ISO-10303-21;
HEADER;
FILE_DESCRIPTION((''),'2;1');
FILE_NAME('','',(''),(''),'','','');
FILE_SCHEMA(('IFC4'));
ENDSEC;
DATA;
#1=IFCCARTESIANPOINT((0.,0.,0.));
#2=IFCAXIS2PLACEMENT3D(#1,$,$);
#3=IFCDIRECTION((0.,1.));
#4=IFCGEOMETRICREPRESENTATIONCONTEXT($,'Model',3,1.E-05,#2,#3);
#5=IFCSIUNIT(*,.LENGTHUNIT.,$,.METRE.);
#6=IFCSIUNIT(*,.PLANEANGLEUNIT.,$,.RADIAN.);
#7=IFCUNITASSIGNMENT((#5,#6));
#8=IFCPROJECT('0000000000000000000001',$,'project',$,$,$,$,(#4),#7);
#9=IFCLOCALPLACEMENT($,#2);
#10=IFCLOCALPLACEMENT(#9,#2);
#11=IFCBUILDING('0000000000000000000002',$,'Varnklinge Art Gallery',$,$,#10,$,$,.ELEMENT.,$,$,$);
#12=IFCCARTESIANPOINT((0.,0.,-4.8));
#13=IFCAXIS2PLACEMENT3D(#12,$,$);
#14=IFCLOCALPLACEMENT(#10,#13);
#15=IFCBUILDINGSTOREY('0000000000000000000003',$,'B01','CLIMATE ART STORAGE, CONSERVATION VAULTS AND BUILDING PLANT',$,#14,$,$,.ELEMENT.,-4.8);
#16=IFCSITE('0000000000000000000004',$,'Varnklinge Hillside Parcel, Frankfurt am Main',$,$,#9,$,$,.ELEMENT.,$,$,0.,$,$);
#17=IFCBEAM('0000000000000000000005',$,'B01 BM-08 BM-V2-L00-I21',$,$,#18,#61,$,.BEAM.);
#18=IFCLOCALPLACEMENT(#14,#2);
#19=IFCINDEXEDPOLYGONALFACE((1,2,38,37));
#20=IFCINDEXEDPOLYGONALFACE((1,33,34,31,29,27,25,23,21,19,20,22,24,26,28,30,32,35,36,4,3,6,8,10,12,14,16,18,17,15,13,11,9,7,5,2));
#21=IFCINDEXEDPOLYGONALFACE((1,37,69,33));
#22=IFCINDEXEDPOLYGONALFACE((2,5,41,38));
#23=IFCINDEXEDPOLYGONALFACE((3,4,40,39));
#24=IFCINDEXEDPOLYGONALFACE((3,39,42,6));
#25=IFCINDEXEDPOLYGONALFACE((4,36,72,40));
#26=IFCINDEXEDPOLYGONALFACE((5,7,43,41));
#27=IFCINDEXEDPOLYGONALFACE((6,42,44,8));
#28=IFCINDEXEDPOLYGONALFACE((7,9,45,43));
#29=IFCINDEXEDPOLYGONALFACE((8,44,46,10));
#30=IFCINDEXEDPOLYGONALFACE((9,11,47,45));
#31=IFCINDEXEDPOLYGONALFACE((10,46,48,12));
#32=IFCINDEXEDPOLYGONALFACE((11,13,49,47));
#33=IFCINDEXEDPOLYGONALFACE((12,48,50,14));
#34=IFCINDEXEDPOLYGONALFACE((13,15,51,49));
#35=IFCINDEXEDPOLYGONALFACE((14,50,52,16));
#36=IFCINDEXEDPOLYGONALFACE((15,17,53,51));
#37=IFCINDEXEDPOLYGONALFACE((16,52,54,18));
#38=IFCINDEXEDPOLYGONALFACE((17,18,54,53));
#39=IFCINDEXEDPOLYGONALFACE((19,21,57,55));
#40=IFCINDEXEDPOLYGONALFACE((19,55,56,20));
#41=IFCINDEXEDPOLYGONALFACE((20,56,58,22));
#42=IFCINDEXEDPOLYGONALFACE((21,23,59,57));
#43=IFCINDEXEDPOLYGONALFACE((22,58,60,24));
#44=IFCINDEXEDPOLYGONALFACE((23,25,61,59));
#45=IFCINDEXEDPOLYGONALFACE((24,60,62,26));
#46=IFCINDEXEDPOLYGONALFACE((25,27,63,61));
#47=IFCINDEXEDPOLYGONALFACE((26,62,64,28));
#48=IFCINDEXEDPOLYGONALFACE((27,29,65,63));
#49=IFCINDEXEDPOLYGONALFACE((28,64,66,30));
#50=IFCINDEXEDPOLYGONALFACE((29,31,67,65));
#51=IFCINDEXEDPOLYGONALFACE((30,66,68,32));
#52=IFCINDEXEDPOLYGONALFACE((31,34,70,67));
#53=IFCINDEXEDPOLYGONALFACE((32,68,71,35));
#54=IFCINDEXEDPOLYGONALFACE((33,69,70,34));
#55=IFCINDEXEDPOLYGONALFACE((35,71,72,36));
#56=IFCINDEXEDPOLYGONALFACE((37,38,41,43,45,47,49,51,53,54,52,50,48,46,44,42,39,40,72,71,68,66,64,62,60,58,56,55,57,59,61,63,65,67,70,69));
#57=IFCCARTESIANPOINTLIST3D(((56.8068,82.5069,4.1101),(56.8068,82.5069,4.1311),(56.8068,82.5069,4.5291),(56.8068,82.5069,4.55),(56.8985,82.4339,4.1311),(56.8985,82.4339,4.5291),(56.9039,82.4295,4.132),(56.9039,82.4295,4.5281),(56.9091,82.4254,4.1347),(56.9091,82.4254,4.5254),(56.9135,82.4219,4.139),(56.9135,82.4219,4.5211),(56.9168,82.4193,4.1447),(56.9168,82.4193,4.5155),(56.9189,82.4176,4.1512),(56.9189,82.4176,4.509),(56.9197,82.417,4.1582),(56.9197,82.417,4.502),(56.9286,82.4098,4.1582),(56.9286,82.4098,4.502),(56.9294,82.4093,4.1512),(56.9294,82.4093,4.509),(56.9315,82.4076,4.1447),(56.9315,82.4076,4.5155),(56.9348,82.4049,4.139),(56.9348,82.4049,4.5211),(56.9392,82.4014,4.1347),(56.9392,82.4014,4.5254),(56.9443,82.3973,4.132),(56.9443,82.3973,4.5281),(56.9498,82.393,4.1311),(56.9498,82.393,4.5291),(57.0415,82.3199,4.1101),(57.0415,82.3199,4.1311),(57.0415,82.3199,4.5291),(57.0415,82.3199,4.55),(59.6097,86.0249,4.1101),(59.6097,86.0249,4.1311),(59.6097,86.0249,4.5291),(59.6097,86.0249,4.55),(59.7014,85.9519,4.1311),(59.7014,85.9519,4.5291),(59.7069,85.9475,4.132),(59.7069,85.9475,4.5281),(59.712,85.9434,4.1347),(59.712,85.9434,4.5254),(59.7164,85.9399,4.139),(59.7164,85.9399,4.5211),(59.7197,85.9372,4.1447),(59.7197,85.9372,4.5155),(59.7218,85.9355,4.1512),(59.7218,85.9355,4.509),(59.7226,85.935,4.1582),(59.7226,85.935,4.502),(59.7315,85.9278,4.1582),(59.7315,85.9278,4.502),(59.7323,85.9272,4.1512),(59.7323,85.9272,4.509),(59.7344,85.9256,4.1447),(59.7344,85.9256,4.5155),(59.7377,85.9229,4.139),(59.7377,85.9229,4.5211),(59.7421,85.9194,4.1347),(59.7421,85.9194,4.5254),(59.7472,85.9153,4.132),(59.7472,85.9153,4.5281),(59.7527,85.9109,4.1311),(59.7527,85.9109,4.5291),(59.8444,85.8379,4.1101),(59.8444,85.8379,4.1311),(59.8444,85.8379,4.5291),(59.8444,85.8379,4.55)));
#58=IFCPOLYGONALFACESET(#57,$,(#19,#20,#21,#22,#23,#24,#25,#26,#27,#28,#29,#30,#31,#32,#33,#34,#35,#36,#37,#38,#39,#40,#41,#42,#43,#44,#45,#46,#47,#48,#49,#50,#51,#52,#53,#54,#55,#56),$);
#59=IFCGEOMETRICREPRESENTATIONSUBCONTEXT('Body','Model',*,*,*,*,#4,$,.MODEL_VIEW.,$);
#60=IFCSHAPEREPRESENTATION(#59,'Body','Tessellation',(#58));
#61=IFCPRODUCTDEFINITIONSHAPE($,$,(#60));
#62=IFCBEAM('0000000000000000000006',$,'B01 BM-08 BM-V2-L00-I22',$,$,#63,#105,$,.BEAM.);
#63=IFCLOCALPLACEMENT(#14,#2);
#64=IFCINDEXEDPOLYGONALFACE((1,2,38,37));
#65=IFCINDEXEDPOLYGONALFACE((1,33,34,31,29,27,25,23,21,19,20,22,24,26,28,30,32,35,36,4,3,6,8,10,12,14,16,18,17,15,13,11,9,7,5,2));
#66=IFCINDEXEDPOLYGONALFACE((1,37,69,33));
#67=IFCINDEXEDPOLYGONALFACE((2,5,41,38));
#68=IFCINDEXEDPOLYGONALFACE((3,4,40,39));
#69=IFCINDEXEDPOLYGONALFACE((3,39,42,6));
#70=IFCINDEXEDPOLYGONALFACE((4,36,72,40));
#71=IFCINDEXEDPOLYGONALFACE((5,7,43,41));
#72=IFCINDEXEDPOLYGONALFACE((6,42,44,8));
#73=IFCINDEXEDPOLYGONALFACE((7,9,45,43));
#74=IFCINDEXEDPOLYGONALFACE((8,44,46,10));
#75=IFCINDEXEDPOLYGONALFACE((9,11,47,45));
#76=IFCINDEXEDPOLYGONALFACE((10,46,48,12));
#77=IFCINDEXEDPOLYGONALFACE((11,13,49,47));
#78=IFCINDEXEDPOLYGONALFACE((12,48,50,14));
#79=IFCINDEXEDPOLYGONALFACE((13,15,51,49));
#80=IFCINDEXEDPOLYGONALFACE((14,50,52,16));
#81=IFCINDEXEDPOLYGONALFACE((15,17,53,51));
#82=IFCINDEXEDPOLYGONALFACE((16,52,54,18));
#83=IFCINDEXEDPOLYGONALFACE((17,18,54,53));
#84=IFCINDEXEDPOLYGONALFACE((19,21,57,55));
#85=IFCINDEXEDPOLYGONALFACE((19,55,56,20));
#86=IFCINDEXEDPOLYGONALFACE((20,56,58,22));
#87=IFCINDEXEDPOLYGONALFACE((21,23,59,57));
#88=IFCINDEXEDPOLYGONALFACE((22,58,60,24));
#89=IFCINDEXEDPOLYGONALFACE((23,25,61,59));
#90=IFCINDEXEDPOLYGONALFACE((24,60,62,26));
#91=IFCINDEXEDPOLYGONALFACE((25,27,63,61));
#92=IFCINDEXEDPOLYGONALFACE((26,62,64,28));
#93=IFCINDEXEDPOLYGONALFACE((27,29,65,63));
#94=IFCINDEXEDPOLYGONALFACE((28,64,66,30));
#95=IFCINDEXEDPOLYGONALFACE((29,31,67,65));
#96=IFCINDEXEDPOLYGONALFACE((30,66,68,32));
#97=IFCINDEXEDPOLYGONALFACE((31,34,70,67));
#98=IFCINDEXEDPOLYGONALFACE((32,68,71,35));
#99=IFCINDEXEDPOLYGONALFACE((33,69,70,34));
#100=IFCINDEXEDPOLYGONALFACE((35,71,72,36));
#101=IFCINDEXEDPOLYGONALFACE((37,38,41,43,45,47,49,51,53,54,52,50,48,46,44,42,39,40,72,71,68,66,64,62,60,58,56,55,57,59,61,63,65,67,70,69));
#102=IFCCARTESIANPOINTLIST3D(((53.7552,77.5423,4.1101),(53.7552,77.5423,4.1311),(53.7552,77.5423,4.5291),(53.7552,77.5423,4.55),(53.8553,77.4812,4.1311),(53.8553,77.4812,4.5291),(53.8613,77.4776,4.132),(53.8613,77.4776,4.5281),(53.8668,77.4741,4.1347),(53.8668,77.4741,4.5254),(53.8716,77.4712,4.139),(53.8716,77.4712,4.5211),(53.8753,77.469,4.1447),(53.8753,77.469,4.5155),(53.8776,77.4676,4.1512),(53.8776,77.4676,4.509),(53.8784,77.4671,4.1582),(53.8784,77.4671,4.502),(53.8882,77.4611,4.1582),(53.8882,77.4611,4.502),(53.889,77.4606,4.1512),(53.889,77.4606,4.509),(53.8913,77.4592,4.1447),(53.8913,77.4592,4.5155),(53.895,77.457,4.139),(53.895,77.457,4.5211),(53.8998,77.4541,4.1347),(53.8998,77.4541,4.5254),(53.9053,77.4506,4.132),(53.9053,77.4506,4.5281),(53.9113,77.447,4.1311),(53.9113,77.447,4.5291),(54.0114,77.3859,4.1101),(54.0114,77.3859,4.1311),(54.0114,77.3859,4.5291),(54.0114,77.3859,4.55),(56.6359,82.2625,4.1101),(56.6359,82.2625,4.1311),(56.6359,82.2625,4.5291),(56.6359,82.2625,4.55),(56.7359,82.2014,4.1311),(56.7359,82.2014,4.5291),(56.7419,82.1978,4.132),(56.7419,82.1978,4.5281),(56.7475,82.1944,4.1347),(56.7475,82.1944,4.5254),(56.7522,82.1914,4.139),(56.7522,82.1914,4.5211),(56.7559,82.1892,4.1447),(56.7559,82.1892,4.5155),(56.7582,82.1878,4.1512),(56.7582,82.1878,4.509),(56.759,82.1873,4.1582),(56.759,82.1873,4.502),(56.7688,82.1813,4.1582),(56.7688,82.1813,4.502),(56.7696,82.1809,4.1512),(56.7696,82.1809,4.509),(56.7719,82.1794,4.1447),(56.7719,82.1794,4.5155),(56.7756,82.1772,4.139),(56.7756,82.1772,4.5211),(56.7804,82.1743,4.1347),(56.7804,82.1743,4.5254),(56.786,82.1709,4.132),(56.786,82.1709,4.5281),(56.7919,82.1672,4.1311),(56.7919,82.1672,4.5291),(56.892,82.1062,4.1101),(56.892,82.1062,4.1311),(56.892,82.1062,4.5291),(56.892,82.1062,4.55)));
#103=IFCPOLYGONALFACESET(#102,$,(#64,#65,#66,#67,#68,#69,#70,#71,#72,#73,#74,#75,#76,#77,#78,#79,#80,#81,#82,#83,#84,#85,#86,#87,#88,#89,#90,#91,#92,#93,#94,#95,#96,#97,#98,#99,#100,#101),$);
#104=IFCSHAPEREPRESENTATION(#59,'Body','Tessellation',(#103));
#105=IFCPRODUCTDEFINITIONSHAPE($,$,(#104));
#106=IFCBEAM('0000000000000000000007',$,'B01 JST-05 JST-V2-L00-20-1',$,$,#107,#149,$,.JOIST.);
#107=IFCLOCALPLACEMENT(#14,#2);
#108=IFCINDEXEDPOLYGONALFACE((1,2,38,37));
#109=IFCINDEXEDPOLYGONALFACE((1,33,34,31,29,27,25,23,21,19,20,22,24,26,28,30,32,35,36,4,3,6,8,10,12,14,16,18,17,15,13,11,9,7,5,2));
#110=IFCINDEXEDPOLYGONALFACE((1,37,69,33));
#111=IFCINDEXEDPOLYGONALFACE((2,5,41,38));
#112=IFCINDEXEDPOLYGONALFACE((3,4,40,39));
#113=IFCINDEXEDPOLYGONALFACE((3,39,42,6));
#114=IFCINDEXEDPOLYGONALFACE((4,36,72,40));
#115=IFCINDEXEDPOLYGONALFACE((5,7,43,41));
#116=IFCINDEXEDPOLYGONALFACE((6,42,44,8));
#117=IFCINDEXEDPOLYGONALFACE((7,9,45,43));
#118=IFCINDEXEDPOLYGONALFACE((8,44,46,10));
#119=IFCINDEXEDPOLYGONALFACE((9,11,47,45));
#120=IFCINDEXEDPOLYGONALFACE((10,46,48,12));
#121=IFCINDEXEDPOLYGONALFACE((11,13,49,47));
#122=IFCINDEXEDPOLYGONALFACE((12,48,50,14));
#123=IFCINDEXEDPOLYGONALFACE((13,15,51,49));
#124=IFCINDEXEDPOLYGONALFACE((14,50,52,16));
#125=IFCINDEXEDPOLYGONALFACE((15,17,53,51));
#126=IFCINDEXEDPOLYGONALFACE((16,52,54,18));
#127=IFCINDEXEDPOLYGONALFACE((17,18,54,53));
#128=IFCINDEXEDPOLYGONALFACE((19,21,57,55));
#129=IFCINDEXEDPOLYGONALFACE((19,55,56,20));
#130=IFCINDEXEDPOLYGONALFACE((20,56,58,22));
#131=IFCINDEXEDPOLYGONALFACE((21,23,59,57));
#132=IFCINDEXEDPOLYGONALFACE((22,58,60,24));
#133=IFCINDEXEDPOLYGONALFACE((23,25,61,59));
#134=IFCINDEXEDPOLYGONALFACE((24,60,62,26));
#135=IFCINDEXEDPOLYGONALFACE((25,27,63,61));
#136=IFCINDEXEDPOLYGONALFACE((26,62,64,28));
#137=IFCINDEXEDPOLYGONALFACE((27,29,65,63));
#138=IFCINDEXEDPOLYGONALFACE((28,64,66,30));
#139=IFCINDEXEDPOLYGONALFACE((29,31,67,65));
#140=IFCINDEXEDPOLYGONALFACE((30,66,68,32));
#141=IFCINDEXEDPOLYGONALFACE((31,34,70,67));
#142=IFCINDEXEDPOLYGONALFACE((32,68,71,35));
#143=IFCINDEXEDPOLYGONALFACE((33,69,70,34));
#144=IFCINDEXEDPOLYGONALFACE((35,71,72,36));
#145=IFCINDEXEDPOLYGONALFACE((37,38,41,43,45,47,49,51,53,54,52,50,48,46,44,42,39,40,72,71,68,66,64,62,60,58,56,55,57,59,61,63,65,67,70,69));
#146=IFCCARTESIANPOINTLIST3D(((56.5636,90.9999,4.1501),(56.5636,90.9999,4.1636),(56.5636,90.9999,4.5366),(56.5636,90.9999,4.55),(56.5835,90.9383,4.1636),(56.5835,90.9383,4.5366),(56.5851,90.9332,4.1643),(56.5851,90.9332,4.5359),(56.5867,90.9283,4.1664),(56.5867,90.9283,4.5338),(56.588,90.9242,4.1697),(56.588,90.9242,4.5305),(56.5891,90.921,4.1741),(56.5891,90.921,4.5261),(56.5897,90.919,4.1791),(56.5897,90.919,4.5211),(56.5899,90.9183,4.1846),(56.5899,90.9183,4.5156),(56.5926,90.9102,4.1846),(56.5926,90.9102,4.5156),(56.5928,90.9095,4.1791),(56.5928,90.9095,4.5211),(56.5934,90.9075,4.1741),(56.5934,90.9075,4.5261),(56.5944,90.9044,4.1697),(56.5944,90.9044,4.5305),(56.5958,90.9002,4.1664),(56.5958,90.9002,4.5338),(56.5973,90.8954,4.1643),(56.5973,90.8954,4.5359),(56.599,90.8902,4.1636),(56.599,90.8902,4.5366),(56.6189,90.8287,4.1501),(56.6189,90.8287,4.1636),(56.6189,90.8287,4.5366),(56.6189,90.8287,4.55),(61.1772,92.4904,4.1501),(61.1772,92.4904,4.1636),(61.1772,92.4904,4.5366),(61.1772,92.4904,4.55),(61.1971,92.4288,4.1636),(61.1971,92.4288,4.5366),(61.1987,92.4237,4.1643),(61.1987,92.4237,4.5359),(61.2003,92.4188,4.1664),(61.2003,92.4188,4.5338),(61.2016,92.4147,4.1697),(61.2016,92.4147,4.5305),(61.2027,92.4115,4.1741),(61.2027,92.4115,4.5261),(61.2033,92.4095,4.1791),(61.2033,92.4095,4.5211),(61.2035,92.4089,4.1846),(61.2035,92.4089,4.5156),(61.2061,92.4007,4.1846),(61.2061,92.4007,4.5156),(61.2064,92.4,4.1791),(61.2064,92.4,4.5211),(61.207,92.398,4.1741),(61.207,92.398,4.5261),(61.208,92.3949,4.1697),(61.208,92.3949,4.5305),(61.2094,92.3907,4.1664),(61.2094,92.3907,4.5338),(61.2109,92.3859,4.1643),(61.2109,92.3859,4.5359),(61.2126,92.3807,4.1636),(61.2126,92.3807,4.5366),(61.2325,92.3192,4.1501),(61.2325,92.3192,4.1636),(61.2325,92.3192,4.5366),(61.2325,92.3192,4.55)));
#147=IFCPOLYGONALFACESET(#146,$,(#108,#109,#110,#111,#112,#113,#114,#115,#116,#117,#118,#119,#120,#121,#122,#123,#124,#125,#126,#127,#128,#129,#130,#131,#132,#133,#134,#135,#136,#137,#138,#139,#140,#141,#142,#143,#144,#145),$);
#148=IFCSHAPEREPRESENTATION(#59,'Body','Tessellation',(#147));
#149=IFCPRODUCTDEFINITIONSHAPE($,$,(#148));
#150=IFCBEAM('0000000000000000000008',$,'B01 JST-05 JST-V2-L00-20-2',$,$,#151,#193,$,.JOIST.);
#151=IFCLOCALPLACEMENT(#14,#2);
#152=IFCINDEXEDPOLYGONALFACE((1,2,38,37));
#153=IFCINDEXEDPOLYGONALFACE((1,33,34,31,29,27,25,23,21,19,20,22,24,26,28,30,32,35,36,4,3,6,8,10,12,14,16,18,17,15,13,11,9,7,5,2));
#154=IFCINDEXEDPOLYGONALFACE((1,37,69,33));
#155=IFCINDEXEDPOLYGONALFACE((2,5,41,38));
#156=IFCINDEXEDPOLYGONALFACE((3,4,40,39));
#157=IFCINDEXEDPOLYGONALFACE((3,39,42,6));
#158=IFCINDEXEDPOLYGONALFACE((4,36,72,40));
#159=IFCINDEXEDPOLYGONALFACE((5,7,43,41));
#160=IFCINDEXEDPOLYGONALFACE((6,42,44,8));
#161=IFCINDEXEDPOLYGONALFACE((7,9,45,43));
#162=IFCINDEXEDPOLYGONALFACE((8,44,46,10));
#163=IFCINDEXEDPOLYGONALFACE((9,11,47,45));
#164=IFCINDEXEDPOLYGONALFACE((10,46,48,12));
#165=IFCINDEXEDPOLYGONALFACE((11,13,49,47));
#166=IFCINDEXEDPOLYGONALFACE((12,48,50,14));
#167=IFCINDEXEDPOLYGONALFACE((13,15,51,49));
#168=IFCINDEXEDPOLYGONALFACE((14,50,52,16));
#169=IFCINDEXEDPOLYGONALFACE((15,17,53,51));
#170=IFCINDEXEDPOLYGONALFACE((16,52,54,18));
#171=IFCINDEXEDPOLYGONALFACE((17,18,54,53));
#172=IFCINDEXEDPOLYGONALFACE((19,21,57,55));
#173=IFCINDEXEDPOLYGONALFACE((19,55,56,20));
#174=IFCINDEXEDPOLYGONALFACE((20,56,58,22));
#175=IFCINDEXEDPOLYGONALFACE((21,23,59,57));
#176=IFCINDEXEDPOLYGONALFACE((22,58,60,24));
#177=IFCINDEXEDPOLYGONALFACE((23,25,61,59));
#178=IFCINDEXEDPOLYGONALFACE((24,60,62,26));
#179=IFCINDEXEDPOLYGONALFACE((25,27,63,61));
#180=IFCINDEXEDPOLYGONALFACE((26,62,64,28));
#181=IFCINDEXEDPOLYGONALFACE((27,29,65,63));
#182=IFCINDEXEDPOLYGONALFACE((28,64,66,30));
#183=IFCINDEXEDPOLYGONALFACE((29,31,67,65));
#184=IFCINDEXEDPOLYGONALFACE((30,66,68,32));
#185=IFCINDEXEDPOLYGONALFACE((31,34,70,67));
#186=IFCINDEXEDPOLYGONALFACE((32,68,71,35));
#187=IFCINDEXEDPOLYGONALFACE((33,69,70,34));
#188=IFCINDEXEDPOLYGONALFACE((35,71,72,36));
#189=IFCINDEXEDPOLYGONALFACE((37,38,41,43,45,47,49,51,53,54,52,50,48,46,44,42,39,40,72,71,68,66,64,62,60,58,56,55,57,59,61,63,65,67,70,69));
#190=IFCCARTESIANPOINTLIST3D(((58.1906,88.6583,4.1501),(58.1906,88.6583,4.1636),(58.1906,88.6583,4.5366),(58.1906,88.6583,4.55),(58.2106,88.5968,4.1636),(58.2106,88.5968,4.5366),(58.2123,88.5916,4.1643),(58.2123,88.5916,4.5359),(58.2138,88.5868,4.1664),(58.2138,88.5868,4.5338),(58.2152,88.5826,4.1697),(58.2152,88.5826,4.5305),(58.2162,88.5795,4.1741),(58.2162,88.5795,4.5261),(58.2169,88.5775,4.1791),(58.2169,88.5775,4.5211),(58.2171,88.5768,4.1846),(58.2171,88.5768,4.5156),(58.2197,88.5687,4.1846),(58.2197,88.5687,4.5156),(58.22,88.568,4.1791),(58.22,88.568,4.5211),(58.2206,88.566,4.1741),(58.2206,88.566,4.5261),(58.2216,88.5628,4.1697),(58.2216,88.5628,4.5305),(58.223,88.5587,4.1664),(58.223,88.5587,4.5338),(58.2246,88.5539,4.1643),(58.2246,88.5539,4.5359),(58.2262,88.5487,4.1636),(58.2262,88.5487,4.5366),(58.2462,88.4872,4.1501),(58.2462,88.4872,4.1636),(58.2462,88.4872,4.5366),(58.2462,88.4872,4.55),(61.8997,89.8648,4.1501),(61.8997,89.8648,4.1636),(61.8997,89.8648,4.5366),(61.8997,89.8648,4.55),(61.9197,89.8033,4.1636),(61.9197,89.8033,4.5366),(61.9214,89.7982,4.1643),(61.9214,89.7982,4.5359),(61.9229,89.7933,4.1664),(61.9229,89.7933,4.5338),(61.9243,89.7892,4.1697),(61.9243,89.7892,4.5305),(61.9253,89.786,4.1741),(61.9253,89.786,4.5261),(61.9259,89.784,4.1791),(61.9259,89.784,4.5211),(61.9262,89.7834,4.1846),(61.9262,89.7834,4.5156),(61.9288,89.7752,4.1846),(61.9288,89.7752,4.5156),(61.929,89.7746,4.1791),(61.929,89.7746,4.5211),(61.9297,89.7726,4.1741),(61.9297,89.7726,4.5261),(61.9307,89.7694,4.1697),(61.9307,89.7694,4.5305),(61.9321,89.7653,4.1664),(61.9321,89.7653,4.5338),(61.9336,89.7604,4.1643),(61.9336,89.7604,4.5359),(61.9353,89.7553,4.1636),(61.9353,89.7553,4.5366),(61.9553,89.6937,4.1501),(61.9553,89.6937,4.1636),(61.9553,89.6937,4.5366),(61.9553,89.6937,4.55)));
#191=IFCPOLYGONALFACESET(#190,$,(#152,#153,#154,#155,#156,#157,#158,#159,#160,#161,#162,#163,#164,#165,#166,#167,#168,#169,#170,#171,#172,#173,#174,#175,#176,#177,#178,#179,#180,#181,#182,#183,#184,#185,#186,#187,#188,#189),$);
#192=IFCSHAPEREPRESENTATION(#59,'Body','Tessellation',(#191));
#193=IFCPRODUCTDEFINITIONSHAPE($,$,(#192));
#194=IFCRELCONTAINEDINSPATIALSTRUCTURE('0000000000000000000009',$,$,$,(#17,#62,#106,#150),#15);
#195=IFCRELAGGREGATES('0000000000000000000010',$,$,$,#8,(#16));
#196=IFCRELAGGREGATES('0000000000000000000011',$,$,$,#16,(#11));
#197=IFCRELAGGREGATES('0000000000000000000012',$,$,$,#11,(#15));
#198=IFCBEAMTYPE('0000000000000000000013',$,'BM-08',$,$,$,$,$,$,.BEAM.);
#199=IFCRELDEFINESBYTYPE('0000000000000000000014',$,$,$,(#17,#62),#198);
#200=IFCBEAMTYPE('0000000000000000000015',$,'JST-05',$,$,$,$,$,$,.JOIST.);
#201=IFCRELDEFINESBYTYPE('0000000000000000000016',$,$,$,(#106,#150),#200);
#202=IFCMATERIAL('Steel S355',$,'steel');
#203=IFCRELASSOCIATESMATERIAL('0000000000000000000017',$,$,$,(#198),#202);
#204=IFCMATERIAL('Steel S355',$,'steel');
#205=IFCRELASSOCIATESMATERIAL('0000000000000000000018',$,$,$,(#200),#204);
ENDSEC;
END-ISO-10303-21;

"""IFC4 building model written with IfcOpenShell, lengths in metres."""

from ifc_helpers import new_model, si_unit, direction, frame, origin, origin_2d, place, context, subcontext, project, spatial, i_section, extrude, material, material_profile, profile_set, type_object, element, save


model = new_model("IFC4")

# Units and contexts
model_context = context("Model", 3, precision=1e-05, world=origin(), true_north=direction((0.0, 1.0)))
body_context = subcontext(model_context, "Body", "Model", "MODEL_VIEW")
ifc_project = project(units=[si_unit("LENGTHUNIT", "METRE"), si_unit("PLANEANGLEUNIT", "RADIAN")], contexts=[model_context])

# Site, building, storey
site_placement = place(None, origin())
site = spatial("IfcSite", under=ifc_project, at=site_placement, Name="Varnklinge Hillside Parcel, Frankfurt am Main", CompositionType="ELEMENT", RefElevation=0.0)
building_placement = place(site_placement, origin())
building = spatial("IfcBuilding", under=site, at=building_placement, Name="Varnklinge Art Gallery", CompositionType="ELEMENT")
storey_placement = place(building_placement, frame((0.0, 0.0, -4.8)))
storey = spatial("IfcBuildingStorey", under=building, at=storey_placement, Name="B01", Description="CLIMATE ART STORAGE, CONSERVATION VAULTS AND BUILDING PLANT", CompositionType="ELEMENT", Elevation=-4.8)

# Beams
ifc_material_1 = material(Name="Steel S355", Category="steel")
ifc_material_profile_1 = material_profile(ifc_material_1, i_section(OverallWidth=0.3, OverallDepth=0.4399, WebThickness=0.0115, FlangeThickness=0.021, FilletRadius=0.0271, at=origin_2d()), Name="HEA 450")
ifc_profile_set_1 = profile_set([ifc_material_profile_1], Name="Steel S355")
beam_type_1 = type_object("IfcBeamType", Name="BM-08", PredefinedType="BEAM", material=ifc_profile_set_1)
beam_1_placement = place(storey_placement, frame((59.7271, 85.9314, 4.3301), z_axis=(-0.623138, -0.782112, 0.0), x_axis=(0.782112, -0.623138, 0.0)))
element("IfcBeam", 1, at=beam_1_placement, inside=storey, type_object=beam_type_1, Name="B01 BM-08 BM-V2-L00-I21", PredefinedType="BEAM", context=body_context, shape_type="SweptSolid", body=[
    extrude(i_section(OverallWidth=0.3, OverallDepth=0.4399, WebThickness=0.0115, FlangeThickness=0.021, FilletRadius=0.0271, at=origin_2d()), origin(), (0.0, 0.0, 1.0), 4.498),
])
beam_2_placement = place(storey_placement, frame((56.7639, 82.1843, 4.3301), z_axis=(-0.520928, -0.8536, 0.0), x_axis=(0.8536, -0.520928, 0.0)))
element("IfcBeam", 2, at=beam_2_placement, inside=storey, type_object=beam_type_1, Name="B01 BM-08 BM-V2-L00-I22", PredefinedType="BEAM", context=body_context, shape_type="SweptSolid", body=[
    extrude(i_section(OverallWidth=0.3, OverallDepth=0.4399, WebThickness=0.0115, FlangeThickness=0.021, FilletRadius=0.0271, at=origin_2d()), origin(), (0.0, 0.0, 1.0), 5.5298),
])
ifc_material_2 = material(Name="Steel S355", Category="steel")
ifc_material_profile_2 = material_profile(ifc_material_2, i_section(OverallWidth=0.1799, OverallDepth=0.3999, WebThickness=0.0085, FlangeThickness=0.0134, FilletRadius=0.021, at=origin_2d()), Name="IPE 400")
ifc_profile_set_2 = profile_set([ifc_material_profile_2], Name="Steel S355")
beam_type_2 = type_object("IfcBeamType", Name="JST-05", PredefinedType="JOIST", material=ifc_profile_set_2)
beam_3_placement = place(storey_placement, frame((61.2048, 92.4048, 4.3501), z_axis=(-0.951573, -0.307422, 0.0), x_axis=(0.307422, -0.951573, 0.0)))
element("IfcBeam", 3, at=beam_3_placement, inside=storey, type_object=beam_type_2, Name="B01 JST-05 JST-V2-L00-20-1", PredefinedType="JOIST", context=body_context, shape_type="SweptSolid", body=[
    extrude(i_section(OverallWidth=0.1799, OverallDepth=0.3999, WebThickness=0.0085, FlangeThickness=0.0134, FilletRadius=0.021, at=origin_2d()), origin(), (0.0, 0.0, 1.0), 4.8484),
])
beam_4_placement = place(storey_placement, frame((61.9275, 89.7793, 4.3501), z_axis=(-0.950949, -0.309346, 0.0), x_axis=(0.309346, -0.950949, 0.0)))
element("IfcBeam", 4, at=beam_4_placement, inside=storey, type_object=beam_type_2, Name="B01 JST-05 JST-V2-L00-20-2", PredefinedType="JOIST", context=body_context, shape_type="SweptSolid", body=[
    extrude(i_section(OverallWidth=0.1799, OverallDepth=0.3999, WebThickness=0.0085, FlangeThickness=0.0134, FilletRadius=0.021, at=origin_2d()), origin(), (0.0, 0.0, 1.0), 3.9004),
])

save(model, "model.ifc")
